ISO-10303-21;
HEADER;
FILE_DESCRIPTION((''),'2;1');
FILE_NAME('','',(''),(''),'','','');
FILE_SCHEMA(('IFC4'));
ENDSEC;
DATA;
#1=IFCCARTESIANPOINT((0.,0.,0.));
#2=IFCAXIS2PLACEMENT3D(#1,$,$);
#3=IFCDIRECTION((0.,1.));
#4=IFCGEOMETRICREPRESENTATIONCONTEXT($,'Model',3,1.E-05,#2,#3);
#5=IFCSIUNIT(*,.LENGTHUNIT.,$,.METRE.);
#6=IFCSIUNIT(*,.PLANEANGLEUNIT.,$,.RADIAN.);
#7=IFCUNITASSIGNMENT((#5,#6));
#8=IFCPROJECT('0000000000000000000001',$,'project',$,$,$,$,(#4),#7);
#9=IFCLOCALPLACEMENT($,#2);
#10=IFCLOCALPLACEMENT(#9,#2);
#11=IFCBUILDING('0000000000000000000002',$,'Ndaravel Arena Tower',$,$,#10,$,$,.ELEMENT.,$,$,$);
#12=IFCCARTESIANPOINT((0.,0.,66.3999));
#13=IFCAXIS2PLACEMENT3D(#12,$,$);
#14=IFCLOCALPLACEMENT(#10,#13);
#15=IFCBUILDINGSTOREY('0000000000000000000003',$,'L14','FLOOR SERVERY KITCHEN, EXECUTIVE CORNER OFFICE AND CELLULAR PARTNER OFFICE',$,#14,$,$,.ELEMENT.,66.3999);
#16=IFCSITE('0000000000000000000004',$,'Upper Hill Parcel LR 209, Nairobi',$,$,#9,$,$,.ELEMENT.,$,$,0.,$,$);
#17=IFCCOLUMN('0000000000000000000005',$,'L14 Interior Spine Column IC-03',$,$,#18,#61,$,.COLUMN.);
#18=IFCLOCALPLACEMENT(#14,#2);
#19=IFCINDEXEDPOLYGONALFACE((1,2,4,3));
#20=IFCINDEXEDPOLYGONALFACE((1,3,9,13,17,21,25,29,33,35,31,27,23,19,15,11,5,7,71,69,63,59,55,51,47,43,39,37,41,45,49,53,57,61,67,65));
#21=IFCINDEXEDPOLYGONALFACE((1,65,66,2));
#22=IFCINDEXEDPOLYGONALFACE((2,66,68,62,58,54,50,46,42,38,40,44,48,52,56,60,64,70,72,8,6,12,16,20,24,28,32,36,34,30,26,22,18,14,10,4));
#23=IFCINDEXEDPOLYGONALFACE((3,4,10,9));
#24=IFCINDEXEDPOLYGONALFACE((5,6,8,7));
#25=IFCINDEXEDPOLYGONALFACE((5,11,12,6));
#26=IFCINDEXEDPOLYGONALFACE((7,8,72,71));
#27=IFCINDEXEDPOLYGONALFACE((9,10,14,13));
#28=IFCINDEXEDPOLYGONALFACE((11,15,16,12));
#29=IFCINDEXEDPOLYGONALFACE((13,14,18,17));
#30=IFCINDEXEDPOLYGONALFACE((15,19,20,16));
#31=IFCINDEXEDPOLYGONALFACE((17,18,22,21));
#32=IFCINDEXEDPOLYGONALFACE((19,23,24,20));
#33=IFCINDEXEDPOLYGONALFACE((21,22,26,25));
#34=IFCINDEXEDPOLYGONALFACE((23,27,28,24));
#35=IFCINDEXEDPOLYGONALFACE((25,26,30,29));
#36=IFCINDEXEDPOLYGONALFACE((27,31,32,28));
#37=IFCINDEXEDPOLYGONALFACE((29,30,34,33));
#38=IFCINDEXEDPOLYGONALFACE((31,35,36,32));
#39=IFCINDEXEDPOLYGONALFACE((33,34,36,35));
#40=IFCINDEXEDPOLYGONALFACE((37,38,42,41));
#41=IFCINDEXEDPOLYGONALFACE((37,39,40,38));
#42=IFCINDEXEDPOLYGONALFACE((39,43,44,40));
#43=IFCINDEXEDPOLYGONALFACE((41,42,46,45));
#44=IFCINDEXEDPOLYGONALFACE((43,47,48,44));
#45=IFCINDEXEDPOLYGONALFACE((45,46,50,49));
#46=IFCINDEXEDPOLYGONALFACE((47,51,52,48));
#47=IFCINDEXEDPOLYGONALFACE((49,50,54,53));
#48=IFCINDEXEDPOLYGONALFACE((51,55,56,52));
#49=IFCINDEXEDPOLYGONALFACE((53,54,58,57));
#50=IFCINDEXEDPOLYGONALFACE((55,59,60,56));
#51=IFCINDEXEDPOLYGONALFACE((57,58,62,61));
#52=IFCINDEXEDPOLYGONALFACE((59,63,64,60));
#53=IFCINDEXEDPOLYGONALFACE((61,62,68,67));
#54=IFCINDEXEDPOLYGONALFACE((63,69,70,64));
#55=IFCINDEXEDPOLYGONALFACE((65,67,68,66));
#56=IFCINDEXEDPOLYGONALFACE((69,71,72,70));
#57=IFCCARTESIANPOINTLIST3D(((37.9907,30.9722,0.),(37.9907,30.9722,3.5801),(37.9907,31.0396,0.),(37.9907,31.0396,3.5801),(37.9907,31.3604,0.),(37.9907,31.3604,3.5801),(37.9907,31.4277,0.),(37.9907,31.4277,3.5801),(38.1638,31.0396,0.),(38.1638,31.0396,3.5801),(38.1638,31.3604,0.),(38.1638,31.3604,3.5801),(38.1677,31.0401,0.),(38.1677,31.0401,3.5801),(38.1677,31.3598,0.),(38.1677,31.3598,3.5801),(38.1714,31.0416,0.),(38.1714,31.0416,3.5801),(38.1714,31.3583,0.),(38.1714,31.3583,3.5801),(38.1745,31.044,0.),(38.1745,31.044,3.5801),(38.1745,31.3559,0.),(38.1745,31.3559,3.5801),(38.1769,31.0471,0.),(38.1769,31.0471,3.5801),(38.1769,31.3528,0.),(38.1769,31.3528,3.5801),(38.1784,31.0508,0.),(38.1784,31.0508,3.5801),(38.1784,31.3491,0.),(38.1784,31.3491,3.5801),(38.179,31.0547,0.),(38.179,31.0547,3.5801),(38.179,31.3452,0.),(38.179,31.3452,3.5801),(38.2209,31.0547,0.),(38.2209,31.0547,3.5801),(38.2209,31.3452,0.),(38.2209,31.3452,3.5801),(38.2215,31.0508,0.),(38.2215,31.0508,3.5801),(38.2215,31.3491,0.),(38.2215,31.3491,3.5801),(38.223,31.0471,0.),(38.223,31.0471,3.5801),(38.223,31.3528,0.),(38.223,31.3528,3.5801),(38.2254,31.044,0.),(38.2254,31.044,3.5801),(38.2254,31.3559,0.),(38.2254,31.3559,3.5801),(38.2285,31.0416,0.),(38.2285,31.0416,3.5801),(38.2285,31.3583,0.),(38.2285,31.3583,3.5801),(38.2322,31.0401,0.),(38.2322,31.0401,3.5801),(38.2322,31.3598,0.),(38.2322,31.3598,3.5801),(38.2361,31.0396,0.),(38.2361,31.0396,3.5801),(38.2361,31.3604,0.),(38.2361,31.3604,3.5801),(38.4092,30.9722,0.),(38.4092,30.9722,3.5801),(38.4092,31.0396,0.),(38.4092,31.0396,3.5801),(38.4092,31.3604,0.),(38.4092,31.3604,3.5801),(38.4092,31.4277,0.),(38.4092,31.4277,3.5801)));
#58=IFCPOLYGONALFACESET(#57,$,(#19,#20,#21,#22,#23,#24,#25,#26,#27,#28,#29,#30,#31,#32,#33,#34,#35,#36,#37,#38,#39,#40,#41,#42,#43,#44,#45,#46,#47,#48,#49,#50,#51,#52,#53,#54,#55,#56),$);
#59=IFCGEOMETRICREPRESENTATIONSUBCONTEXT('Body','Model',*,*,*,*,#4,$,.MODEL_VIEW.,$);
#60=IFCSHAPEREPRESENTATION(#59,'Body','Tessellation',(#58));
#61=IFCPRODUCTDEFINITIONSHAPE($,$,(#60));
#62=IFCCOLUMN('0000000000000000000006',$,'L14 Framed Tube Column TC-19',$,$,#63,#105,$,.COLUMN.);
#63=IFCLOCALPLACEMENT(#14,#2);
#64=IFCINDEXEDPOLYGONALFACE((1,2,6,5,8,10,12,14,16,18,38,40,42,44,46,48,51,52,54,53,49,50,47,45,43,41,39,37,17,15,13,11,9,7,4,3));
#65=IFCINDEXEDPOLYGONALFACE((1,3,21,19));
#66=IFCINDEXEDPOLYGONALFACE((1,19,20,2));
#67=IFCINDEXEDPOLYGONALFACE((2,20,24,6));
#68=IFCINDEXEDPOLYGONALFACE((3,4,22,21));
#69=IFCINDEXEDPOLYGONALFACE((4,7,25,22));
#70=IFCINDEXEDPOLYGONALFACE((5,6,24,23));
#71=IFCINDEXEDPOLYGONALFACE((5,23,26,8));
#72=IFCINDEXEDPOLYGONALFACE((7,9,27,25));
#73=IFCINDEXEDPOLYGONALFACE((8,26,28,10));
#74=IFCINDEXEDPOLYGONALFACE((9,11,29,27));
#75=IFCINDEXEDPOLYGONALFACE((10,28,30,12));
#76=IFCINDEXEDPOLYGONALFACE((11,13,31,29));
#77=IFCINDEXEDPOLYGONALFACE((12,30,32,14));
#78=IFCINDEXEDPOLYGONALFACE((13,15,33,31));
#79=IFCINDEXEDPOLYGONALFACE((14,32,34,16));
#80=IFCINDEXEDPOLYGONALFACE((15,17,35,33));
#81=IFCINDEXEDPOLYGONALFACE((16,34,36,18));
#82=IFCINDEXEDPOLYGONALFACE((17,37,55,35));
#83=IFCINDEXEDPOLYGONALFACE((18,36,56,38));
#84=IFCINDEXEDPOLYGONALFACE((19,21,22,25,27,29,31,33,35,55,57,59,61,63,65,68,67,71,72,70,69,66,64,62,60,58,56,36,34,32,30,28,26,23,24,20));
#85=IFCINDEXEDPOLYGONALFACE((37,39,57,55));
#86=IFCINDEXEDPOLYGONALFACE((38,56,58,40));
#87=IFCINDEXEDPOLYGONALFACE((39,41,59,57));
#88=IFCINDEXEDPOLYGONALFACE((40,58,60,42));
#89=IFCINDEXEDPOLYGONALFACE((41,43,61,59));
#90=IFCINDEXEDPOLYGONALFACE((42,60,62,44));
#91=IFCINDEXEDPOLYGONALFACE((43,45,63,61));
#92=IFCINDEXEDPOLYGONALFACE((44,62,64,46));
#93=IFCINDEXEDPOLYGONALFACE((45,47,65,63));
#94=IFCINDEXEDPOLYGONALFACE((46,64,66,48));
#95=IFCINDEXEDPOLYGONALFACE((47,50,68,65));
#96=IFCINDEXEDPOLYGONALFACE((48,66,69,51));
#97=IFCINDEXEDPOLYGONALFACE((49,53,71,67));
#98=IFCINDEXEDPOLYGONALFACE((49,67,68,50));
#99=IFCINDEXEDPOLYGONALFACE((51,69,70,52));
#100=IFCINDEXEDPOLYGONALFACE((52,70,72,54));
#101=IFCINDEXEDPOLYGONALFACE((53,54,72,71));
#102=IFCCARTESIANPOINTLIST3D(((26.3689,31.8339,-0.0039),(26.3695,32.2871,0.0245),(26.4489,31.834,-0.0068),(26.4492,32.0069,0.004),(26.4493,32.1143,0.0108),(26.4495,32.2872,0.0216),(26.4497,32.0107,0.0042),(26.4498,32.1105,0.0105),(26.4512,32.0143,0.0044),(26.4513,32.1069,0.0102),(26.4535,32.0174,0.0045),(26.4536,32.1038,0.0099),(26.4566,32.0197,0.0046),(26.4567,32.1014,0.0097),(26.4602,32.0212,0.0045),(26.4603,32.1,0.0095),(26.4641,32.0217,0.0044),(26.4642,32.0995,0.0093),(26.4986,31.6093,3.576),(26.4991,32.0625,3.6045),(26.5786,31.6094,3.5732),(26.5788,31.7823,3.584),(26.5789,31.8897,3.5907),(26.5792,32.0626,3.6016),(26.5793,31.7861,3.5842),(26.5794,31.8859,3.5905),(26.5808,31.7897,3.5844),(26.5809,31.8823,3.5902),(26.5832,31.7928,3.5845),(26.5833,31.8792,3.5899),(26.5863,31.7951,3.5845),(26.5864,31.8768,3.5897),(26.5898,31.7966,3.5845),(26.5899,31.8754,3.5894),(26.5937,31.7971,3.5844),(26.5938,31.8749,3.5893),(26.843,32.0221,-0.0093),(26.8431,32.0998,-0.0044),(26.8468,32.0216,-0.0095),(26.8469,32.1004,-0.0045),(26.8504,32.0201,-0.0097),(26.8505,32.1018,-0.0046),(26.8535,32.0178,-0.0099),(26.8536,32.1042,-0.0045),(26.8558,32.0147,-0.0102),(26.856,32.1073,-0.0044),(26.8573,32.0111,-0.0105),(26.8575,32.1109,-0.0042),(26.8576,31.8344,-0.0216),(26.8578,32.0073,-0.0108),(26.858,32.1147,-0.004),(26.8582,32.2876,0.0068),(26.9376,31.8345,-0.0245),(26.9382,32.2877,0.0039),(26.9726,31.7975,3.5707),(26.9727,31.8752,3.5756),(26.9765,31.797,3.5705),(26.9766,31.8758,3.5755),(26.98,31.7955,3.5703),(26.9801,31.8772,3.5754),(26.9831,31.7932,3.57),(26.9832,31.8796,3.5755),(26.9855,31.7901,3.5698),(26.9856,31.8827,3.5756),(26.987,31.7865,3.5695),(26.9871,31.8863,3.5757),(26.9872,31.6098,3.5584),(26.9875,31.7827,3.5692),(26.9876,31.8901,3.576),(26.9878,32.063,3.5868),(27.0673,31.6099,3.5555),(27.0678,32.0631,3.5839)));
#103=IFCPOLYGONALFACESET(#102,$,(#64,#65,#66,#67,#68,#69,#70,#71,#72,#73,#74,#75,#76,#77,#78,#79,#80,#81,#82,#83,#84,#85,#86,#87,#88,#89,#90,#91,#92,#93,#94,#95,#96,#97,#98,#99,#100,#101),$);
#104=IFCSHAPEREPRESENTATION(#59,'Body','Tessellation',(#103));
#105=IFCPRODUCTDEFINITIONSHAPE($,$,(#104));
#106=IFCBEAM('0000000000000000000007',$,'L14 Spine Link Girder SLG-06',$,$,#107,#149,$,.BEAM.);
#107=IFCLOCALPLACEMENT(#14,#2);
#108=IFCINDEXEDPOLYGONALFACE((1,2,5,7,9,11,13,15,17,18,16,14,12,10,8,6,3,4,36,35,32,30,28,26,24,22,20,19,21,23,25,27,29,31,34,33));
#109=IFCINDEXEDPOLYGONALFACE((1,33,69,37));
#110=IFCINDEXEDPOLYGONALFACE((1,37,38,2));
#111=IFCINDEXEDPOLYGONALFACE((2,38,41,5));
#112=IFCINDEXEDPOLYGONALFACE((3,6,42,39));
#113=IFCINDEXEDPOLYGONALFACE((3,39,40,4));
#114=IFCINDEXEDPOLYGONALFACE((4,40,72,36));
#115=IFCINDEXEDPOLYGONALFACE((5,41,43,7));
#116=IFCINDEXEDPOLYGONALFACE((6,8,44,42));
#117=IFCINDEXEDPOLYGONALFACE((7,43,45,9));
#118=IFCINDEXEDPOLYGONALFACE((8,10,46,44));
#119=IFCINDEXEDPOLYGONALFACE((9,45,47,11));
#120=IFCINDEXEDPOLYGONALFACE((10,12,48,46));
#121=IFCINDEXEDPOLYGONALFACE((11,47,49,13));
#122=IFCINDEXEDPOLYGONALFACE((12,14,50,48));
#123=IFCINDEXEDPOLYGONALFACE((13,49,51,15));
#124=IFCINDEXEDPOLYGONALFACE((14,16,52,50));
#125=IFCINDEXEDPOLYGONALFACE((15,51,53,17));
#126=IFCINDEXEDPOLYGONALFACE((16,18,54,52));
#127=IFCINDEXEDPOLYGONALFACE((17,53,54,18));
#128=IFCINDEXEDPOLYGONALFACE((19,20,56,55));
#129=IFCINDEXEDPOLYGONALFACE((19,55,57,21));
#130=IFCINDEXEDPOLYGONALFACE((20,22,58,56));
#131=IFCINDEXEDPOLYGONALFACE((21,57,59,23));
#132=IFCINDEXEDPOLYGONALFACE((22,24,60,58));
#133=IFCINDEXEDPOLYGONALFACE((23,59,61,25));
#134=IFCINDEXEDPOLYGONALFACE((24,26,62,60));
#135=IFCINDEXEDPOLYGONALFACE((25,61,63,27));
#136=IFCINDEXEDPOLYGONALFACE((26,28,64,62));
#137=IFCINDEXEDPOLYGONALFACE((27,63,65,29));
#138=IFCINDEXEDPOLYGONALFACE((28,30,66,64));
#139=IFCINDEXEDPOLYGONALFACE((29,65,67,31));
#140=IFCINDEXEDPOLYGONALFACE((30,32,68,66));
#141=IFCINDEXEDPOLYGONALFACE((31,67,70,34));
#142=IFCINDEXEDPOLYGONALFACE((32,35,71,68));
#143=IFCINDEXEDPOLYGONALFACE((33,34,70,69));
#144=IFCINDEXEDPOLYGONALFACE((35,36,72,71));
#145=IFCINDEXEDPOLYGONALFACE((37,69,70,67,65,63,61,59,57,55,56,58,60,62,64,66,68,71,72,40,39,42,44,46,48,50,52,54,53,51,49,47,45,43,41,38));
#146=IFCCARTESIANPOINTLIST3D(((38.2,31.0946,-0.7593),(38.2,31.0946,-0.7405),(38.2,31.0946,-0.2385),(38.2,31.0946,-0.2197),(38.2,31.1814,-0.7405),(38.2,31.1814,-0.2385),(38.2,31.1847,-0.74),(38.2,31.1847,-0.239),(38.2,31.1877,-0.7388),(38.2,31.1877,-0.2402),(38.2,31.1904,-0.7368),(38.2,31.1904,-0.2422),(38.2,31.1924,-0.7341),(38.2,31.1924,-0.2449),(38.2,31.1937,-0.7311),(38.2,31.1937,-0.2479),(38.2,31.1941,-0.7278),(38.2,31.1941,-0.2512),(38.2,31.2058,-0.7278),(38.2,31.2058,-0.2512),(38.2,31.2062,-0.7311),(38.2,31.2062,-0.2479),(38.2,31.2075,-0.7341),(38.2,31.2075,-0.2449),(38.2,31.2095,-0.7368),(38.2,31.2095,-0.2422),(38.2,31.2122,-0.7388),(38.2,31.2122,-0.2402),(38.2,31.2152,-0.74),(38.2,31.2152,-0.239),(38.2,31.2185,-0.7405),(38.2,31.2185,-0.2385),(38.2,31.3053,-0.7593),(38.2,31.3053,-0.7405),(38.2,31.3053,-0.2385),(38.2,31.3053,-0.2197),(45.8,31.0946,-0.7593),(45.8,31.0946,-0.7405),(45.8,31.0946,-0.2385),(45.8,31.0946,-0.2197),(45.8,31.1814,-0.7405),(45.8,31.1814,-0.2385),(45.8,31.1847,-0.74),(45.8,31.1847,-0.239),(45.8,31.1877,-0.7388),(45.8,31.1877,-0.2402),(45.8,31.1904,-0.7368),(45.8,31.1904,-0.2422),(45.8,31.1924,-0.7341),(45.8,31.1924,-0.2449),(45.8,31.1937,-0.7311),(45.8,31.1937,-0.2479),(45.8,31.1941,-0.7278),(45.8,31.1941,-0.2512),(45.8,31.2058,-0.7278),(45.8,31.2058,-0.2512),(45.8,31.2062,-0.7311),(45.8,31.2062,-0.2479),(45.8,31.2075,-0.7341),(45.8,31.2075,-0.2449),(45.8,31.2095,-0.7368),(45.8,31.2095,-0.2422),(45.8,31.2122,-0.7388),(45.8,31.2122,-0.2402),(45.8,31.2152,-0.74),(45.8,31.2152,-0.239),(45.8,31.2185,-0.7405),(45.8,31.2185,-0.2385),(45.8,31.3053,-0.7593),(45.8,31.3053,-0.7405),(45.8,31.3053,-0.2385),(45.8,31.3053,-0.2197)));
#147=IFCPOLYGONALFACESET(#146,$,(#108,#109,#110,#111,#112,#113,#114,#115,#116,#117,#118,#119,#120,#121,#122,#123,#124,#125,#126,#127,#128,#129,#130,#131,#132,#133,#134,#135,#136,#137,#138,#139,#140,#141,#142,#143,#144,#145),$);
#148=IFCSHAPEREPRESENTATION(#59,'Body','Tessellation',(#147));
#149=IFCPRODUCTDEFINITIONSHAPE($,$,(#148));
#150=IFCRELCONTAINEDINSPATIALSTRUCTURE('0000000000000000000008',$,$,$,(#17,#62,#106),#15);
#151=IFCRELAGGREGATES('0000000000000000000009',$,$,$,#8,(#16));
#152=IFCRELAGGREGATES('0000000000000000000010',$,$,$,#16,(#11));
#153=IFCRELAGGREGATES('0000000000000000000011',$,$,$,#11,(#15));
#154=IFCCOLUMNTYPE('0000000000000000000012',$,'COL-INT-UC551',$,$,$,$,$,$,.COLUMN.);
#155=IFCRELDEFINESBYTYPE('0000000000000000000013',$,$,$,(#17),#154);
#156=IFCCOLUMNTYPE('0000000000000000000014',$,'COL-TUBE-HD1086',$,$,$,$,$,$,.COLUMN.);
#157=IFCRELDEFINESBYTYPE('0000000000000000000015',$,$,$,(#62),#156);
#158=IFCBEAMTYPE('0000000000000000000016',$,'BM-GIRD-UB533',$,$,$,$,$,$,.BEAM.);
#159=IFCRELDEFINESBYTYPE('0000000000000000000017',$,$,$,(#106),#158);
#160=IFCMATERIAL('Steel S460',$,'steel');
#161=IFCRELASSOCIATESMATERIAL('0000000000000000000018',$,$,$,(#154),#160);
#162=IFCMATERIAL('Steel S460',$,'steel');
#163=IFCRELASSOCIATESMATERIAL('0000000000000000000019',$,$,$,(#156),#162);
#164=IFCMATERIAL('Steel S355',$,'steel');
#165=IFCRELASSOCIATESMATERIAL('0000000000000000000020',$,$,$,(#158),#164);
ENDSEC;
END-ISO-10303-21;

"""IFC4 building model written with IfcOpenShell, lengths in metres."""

from ifc_helpers import new_model, si_unit, direction, frame, origin, origin_2d, place, context, subcontext, project, spatial, i_section, extrude, material, material_profile, profile_set, type_object, element, save


model = new_model("IFC4")

# Units and contexts
model_context = context("Model", 3, precision=1e-05, world=origin(), true_north=direction((0.0, 1.0)))
body_context = subcontext(model_context, "Body", "Model", "MODEL_VIEW")
ifc_project = project(units=[si_unit("LENGTHUNIT", "METRE"), si_unit("PLANEANGLEUNIT", "RADIAN")], contexts=[model_context])

# Site, building, storey
site_placement = place(None, origin())
site = spatial("IfcSite", under=ifc_project, at=site_placement, Name="Upper Hill Parcel LR 209, Nairobi", CompositionType="ELEMENT", RefElevation=0.0)
building_placement = place(site_placement, origin())
building = spatial("IfcBuilding", under=site, at=building_placement, Name="Ndaravel Arena Tower", CompositionType="ELEMENT")
storey_placement = place(building_placement, frame((0.0, 0.0, 66.3999)))
storey = spatial("IfcBuildingStorey", under=building, at=storey_placement, Name="L14", Description="FLOOR SERVERY KITCHEN, EXECUTIVE CORNER OFFICE AND CELLULAR PARTNER OFFICE", CompositionType="ELEMENT", Elevation=66.3999)

# Columns
ifc_material_1 = material(Name="Steel S460", Category="steel")
ifc_material_profile_1 = material_profile(ifc_material_1, i_section(OverallWidth=0.4185, OverallDepth=0.4556, WebThickness=0.042, FlangeThickness=0.0674, FilletRadius=0.0151, at=origin_2d()), Name="UC 356x406x551")
ifc_profile_set_1 = profile_set([ifc_material_profile_1], Name="Steel S460")
column_type_1 = type_object("IfcColumnType", Name="COL-INT-UC551", PredefinedType="COLUMN", material=ifc_profile_set_1)
column_1_placement = place(storey_placement, frame((38.2, 31.2, 0.0), z_axis=(0.0, 0.0, 1.0), x_axis=(1.0, 0.0, 0.0)))
element("IfcColumn", 1, at=column_1_placement, inside=storey, type_object=column_type_1, Name="L14 Interior Spine Column IC-03", PredefinedType="COLUMN", context=body_context, shape_type="SweptSolid", body=[
    extrude(i_section(OverallWidth=0.4185, OverallDepth=0.4556, WebThickness=0.042, FlangeThickness=0.0674, FilletRadius=0.0151, at=origin_2d()), origin(), (0.0, 0.0, 1.0), 3.5801),
])
ifc_material_2 = material(Name="Steel S460", Category="steel")
ifc_material_profile_2 = material_profile(ifc_material_2, i_section(OverallWidth=0.4541, OverallDepth=0.5691, WebThickness=0.0779, FlangeThickness=0.0801, FilletRadius=0.0149, at=origin_2d()), Name="HD 400x1086")
ifc_profile_set_2 = profile_set([ifc_material_profile_2], Name="Steel S460")
column_type_2 = type_object("IfcColumnType", Name="COL-TUBE-HD1086", PredefinedType="COLUMN", material=ifc_profile_set_2)
column_2_placement = place(storey_placement, frame((26.6536, 32.0608, 0.0), z_axis=(0.036116, -0.062575, 0.997387), x_axis=(0.001264, 0.99804, 0.06257)))
element("IfcColumn", 2, at=column_2_placement, inside=storey, type_object=column_type_2, Name="L14 Framed Tube Column TC-19", PredefinedType="COLUMN", context=body_context, shape_type="SweptSolid", body=[
    extrude(i_section(OverallWidth=0.4541, OverallDepth=0.5691, WebThickness=0.0779, FlangeThickness=0.0801, FilletRadius=0.0149, at=origin_2d()), origin(), (0.0, 0.0, 1.0), 3.5894),
])

# Beam
ifc_material_3 = material(Name="Steel S355", Category="steel")
ifc_material_profile_3 = material_profile(ifc_material_3, i_section(OverallWidth=0.2107, OverallDepth=0.5396, WebThickness=0.0117, FlangeThickness=0.0188, FilletRadius=0.0127, at=origin_2d()), Name="UB 533x210x109")
ifc_profile_set_3 = profile_set([ifc_material_profile_3], Name="Steel S355")
beam_type_1 = type_object("IfcBeamType", Name="BM-GIRD-UB533", PredefinedType="BEAM", material=ifc_profile_set_3)
beam_1_placement = place(storey_placement, frame((38.2, 31.2, -0.4895), z_axis=(1.0, 0.0, 0.0), x_axis=(0.0, 1.0, 0.0)))
element("IfcBeam", 3, at=beam_1_placement, inside=storey, type_object=beam_type_1, Name="L14 Spine Link Girder SLG-06", PredefinedType="BEAM", context=body_context, shape_type="SweptSolid", body=[
    extrude(i_section(OverallWidth=0.2107, OverallDepth=0.5396, WebThickness=0.0117, FlangeThickness=0.0188, FilletRadius=0.0127, at=origin_2d()), origin(), (0.0, 0.0, 1.0), 7.6001),
])

save(model, "model.ifc")
